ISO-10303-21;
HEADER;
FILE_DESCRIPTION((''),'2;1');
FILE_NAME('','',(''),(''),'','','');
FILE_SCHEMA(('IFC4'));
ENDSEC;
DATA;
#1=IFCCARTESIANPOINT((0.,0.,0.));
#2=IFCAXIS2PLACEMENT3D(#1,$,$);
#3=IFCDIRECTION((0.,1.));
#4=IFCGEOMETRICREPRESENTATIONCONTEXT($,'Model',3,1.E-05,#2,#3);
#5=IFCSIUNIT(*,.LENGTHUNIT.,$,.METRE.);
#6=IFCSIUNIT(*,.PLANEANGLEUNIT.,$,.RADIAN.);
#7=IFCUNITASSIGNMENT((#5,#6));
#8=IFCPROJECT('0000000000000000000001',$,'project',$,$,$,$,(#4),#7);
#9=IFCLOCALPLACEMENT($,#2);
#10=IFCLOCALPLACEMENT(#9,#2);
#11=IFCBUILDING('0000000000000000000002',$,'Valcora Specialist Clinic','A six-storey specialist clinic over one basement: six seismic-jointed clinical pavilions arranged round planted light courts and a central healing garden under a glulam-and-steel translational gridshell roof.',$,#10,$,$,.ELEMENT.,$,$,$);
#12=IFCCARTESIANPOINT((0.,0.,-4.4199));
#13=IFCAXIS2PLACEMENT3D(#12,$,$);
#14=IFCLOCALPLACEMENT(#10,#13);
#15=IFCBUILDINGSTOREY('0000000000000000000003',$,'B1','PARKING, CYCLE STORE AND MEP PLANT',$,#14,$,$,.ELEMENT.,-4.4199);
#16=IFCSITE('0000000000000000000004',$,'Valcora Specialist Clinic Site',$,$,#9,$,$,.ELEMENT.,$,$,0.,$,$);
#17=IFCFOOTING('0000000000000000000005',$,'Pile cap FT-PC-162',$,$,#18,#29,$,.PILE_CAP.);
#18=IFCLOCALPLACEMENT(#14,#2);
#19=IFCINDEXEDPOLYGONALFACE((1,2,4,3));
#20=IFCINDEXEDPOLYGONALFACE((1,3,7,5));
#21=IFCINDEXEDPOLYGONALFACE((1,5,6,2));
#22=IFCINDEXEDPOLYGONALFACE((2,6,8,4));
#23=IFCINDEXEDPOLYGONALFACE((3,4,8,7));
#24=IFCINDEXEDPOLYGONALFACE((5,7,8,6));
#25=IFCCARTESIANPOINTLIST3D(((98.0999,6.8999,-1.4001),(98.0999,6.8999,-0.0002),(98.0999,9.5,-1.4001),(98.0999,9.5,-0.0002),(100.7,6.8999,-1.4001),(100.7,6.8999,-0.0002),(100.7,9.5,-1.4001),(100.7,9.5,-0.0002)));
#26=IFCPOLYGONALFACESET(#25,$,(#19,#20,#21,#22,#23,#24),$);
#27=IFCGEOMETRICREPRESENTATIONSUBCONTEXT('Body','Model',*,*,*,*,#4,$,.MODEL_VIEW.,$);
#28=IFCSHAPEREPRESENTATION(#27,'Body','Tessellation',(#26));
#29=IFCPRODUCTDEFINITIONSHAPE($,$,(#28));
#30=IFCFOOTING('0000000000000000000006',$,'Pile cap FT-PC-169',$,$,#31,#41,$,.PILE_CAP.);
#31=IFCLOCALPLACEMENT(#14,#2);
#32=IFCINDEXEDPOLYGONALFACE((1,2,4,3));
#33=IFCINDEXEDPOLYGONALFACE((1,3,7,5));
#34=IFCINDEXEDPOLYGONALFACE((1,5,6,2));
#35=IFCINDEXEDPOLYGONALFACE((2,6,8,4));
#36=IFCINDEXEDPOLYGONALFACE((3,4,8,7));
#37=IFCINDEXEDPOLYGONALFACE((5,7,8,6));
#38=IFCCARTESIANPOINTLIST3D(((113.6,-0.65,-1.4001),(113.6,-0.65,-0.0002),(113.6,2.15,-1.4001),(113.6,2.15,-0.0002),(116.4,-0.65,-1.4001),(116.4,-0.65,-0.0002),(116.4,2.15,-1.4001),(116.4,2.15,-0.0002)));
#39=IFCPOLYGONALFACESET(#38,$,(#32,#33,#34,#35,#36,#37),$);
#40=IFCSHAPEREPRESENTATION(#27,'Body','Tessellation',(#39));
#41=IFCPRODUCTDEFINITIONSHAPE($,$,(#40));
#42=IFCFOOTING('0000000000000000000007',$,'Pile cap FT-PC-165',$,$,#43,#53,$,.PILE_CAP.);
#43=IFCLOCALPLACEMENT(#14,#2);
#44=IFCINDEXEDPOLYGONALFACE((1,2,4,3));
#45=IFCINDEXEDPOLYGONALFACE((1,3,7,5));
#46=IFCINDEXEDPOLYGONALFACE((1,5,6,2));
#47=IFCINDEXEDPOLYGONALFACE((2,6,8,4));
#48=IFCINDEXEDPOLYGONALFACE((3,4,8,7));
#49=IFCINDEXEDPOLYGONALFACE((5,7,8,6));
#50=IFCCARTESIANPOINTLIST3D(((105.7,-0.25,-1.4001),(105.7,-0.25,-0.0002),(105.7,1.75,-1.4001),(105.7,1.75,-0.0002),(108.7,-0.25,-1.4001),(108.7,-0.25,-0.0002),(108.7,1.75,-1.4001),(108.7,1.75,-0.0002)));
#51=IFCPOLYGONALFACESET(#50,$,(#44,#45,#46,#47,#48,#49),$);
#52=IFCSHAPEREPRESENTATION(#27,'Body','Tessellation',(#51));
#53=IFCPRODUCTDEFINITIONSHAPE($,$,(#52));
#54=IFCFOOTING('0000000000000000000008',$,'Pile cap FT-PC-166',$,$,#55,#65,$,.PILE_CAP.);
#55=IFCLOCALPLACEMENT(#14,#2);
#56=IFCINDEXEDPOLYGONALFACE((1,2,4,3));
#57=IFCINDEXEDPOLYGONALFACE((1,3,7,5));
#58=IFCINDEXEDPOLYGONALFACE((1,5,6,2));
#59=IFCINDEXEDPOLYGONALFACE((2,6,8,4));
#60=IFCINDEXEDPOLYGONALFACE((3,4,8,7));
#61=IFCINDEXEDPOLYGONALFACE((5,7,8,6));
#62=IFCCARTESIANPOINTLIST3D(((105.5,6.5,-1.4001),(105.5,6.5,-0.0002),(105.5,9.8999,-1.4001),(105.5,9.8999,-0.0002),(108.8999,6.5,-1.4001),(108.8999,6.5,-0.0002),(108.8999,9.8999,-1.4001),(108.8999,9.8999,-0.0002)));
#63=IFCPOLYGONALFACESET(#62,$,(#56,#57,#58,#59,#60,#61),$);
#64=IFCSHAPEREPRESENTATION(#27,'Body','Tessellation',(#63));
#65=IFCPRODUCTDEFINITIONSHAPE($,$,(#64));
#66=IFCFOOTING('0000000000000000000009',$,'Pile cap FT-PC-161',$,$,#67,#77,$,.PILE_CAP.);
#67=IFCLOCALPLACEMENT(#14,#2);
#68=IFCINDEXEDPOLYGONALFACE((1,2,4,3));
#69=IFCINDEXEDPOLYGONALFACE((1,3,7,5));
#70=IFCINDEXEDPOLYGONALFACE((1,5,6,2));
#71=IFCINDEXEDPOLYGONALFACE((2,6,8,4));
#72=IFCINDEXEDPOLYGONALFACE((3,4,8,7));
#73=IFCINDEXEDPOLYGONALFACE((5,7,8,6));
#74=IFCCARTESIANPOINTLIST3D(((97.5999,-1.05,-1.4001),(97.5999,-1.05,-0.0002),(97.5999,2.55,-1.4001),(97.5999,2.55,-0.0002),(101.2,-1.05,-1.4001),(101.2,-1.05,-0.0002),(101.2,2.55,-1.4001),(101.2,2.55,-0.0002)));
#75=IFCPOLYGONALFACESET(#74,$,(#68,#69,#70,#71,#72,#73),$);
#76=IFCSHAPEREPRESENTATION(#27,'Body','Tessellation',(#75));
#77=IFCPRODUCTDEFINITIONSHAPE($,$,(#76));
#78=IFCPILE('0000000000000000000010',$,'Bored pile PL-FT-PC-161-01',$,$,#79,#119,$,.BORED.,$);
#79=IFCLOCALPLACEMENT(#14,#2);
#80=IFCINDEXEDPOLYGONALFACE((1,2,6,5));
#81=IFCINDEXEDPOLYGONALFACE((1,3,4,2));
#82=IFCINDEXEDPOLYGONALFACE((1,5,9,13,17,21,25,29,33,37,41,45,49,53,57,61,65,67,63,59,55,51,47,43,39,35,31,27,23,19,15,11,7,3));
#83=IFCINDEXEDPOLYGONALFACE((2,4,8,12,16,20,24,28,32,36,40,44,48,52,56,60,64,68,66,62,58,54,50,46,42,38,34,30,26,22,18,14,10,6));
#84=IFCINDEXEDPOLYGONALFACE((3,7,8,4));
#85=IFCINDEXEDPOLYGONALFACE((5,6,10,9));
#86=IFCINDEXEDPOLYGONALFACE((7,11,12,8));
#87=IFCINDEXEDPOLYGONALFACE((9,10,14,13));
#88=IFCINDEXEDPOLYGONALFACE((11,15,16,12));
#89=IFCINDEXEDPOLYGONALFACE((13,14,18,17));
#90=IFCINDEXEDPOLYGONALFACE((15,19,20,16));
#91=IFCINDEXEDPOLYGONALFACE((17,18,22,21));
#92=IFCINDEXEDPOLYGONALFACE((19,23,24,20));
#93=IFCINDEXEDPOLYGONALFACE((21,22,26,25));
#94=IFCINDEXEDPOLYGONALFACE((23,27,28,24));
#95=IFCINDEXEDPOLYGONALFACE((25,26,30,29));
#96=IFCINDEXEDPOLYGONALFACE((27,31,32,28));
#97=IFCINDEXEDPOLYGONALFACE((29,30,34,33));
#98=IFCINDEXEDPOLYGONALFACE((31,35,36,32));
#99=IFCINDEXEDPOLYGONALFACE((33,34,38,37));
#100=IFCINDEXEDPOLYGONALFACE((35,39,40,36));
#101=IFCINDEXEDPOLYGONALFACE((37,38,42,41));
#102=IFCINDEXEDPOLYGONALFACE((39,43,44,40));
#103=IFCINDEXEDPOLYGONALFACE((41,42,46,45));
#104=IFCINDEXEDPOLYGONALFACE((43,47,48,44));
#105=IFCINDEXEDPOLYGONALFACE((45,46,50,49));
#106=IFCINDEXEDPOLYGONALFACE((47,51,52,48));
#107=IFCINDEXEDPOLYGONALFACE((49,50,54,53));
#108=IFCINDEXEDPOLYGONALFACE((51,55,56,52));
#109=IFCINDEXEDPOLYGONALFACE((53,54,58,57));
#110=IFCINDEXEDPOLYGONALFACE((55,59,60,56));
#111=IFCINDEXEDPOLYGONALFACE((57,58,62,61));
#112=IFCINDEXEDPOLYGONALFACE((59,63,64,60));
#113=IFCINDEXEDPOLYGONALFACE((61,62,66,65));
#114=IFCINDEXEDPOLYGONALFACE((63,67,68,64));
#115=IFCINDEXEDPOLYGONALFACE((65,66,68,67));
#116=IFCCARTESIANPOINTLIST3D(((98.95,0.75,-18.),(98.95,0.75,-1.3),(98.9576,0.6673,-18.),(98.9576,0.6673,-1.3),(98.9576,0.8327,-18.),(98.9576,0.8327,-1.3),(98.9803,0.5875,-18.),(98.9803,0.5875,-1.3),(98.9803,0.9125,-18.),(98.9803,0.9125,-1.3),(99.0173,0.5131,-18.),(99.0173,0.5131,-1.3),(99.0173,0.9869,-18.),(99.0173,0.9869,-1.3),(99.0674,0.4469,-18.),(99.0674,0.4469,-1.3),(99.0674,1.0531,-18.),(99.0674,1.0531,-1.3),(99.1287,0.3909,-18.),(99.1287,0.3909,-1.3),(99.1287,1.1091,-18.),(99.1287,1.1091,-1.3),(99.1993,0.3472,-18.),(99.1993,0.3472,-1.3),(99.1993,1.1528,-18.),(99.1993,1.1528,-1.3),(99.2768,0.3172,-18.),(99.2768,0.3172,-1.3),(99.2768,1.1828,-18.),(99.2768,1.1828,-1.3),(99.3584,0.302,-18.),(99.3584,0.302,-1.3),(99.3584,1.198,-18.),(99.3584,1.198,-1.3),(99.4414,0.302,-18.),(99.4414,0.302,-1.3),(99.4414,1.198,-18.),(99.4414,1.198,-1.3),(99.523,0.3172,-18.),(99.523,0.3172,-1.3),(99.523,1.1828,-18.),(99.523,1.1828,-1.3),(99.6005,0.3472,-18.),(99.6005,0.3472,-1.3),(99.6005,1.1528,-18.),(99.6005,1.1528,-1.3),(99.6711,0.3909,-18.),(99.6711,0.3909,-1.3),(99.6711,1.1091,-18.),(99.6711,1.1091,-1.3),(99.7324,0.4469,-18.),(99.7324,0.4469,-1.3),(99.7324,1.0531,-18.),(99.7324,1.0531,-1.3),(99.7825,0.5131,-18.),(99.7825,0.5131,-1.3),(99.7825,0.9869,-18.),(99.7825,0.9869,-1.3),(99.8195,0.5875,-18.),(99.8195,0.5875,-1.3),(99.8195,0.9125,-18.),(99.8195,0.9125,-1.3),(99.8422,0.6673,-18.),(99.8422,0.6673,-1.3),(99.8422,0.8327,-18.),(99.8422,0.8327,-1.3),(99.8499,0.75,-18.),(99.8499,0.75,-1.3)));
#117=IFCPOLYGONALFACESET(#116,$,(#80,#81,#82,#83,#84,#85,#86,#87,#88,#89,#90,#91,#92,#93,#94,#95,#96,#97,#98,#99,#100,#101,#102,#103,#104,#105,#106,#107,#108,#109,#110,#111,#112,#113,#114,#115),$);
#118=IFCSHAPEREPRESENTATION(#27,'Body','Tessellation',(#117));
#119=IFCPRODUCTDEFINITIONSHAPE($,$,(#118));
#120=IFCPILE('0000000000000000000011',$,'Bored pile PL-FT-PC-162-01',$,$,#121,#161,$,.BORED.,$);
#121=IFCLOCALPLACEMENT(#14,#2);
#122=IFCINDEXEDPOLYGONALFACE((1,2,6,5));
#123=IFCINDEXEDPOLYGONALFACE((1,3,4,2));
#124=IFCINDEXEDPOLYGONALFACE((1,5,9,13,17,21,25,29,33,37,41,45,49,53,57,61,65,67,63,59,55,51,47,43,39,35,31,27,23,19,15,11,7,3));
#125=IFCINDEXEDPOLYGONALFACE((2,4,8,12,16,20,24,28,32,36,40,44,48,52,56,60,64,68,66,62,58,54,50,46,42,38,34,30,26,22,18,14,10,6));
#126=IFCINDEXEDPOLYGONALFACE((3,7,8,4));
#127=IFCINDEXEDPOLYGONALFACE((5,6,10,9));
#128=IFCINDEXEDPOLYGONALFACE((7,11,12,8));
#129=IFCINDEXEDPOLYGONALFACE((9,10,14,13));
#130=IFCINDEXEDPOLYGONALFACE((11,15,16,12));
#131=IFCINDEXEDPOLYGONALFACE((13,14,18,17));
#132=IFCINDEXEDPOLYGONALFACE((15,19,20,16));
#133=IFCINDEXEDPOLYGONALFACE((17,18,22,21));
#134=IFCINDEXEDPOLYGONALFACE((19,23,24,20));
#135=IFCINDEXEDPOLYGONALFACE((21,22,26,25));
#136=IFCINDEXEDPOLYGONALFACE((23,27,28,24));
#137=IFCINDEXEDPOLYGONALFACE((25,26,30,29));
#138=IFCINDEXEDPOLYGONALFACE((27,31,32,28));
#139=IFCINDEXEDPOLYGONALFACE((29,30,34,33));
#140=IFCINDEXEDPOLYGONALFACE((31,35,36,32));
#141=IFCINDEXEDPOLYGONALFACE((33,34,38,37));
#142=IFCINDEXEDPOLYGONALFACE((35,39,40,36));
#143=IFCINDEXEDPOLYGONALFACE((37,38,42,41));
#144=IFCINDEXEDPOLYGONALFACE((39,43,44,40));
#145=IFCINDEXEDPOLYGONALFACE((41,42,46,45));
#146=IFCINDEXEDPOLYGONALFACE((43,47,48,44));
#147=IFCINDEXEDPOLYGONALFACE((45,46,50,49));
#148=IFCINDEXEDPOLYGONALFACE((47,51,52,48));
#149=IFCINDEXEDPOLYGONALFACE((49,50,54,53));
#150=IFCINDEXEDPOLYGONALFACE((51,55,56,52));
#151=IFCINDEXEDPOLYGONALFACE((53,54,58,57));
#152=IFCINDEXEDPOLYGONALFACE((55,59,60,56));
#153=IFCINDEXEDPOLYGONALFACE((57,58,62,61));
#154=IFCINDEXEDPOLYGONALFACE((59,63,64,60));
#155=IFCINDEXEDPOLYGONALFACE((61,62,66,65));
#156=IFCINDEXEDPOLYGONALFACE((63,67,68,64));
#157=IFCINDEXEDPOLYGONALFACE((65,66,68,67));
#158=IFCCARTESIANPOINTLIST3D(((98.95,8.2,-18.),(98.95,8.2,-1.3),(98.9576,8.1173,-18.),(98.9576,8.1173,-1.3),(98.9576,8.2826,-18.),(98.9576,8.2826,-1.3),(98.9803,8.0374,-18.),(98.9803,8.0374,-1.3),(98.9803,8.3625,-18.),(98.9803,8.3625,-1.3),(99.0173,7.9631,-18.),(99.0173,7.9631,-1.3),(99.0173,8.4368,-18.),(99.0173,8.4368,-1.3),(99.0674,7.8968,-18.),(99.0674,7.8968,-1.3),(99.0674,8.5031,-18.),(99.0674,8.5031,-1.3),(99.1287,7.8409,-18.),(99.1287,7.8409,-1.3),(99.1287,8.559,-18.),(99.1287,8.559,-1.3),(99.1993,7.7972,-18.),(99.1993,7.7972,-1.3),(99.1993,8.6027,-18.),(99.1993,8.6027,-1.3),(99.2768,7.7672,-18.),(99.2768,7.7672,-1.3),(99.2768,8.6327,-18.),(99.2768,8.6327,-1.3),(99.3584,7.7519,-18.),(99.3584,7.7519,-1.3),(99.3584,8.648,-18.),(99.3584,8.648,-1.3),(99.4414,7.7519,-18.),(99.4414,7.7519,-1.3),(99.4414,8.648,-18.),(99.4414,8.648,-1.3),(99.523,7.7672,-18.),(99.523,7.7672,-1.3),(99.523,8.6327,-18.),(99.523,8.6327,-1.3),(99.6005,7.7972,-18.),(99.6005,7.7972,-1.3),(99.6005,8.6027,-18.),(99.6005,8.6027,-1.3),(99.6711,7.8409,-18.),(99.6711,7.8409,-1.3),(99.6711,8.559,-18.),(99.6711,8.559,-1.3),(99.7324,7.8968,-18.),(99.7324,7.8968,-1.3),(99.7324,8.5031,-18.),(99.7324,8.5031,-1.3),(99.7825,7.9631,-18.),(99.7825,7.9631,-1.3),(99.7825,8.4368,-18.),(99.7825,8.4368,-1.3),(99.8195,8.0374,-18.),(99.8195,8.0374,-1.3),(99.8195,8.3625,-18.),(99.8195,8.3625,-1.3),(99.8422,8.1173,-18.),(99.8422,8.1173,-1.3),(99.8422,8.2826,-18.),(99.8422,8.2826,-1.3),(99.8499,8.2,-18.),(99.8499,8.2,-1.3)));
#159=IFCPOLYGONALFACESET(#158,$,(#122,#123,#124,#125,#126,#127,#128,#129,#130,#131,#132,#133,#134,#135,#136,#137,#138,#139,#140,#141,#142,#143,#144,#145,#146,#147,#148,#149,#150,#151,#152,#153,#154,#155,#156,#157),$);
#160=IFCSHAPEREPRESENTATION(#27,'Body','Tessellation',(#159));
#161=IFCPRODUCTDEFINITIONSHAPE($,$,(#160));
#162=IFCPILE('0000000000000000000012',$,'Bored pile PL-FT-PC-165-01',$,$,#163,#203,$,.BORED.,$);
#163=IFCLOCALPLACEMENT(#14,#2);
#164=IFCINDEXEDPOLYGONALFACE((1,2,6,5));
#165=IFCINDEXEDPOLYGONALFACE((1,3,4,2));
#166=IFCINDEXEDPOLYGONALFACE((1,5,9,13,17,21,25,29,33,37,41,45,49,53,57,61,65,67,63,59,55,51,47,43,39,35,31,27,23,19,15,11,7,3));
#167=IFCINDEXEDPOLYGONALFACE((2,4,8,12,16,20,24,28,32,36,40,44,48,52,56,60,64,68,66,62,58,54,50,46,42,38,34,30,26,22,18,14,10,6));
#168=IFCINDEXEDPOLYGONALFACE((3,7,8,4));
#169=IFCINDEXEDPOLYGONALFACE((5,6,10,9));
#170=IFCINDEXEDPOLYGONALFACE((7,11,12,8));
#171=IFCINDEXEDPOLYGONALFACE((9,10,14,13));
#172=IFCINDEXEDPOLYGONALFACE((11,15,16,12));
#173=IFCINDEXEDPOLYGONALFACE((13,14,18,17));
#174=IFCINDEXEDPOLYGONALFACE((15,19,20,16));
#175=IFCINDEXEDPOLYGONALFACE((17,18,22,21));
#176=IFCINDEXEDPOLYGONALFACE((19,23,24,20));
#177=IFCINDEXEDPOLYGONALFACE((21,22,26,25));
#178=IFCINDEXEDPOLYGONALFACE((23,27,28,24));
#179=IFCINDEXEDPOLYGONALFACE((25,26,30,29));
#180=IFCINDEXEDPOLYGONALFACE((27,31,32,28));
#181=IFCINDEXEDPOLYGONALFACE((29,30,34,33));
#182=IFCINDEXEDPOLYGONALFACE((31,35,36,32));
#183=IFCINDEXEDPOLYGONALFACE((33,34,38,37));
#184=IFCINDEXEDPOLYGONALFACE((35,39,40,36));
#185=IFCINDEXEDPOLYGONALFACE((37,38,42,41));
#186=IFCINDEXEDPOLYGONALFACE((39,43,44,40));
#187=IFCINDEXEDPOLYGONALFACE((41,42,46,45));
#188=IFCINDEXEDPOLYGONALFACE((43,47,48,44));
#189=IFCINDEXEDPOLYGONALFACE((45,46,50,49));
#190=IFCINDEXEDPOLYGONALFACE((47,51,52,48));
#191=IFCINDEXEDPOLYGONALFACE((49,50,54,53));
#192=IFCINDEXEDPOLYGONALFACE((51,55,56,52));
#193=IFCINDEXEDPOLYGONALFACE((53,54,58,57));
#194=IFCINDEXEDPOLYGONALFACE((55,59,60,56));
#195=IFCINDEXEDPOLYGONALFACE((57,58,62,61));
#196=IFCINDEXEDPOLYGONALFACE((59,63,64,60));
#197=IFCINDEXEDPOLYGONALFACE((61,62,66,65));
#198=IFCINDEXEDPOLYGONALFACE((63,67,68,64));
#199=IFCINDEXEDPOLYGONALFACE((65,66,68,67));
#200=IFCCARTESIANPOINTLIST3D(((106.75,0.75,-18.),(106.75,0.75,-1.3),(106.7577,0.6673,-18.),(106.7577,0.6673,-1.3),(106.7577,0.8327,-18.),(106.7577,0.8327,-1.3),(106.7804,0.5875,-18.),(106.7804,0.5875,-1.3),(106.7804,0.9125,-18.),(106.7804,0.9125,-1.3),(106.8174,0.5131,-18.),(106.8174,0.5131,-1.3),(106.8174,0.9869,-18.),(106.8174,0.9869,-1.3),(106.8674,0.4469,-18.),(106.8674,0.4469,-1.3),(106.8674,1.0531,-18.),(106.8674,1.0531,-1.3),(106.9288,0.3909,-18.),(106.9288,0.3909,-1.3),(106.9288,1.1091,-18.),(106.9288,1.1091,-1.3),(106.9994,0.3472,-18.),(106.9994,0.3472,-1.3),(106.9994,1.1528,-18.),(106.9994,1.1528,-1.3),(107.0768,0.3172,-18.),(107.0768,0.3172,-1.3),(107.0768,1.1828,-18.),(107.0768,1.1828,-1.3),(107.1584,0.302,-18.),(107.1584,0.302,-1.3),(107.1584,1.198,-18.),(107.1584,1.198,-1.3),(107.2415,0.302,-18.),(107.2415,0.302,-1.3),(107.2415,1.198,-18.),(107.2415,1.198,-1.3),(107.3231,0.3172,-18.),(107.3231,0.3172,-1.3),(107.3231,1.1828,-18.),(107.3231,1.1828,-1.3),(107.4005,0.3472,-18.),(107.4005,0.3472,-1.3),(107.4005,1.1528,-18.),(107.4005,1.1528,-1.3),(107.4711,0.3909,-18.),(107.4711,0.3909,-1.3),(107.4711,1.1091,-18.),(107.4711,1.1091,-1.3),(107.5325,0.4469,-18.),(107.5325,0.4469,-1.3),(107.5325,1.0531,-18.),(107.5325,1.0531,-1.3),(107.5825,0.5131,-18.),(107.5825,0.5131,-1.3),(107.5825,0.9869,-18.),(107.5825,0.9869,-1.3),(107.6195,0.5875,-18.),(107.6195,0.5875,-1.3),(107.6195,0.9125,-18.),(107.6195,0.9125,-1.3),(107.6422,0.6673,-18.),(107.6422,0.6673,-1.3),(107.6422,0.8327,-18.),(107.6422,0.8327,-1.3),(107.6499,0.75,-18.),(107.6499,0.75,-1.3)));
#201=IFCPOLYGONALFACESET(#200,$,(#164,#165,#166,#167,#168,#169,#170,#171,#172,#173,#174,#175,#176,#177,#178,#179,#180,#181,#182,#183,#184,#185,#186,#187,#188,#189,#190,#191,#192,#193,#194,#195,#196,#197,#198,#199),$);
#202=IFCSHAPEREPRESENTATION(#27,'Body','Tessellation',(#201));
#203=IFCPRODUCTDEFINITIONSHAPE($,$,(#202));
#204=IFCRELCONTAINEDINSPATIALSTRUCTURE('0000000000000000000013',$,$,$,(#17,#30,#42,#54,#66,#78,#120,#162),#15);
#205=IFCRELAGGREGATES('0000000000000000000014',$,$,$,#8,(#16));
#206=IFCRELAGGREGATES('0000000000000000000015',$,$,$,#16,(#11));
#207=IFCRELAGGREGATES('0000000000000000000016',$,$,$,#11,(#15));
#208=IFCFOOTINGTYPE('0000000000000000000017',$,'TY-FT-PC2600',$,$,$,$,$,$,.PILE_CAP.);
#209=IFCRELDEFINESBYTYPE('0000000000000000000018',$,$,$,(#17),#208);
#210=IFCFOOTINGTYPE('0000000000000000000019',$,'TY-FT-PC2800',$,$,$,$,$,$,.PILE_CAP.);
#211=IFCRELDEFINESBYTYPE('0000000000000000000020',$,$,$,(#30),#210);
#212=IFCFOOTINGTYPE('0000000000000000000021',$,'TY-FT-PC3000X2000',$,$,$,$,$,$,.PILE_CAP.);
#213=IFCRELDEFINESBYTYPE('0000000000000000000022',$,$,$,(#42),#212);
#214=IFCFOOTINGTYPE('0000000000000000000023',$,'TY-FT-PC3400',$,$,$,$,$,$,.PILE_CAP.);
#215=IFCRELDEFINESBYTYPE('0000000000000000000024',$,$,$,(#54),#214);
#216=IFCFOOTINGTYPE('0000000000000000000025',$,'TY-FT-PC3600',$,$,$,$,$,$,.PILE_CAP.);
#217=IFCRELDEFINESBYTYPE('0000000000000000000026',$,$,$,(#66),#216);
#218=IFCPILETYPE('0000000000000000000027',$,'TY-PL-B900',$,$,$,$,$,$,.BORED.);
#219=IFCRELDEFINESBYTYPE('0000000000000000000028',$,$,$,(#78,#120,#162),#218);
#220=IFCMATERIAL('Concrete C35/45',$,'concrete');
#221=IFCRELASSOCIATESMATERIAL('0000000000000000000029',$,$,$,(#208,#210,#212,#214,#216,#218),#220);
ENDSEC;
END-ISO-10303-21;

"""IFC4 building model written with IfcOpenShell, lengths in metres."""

from ifc_helpers import new_model, si_unit, direction, frame, origin, origin_2d, place, context, subcontext, project, spatial, rectangle, circle, extrude, material, material_profile, profile_set, type_object, element, save


model = new_model("IFC4")

# Units and contexts
model_context = context("Model", 3, precision=1e-05, world=origin(), true_north=direction((0.0, 1.0)))
body_context = subcontext(model_context, "Body", "Model", "MODEL_VIEW")
ifc_project = project(units=[si_unit("LENGTHUNIT", "METRE"), si_unit("PLANEANGLEUNIT", "RADIAN")], contexts=[model_context])

# Site, building, storey
site_placement = place(None, origin())
site = spatial("IfcSite", under=ifc_project, at=site_placement, Name="Valcora Specialist Clinic Site", CompositionType="ELEMENT", RefElevation=0.0)
building_placement = place(site_placement, origin())
building = spatial("IfcBuilding", under=site, at=building_placement, Name="Valcora Specialist Clinic", Description="A six-storey specialist clinic over one basement: six seismic-jointed clinical pavilions arranged round planted light courts and a central healing garden under a glulam-and-steel translational gridshell roof.", CompositionType="ELEMENT")
storey_placement = place(building_placement, frame((0.0, 0.0, -4.4199)))
storey = spatial("IfcBuildingStorey", under=building, at=storey_placement, Name="B1", Description="PARKING, CYCLE STORE AND MEP PLANT", CompositionType="ELEMENT", Elevation=-4.4199)

# Footings
ifc_material_1 = material(Name="Concrete C35/45", Category="concrete")
footing_type_1 = type_object("IfcFootingType", Name="TY-FT-PC2600", PredefinedType="PILE_CAP", material=ifc_material_1)
footing_1_placement = place(storey_placement, frame((99.3999, 8.2, -1.4001), z_axis=(0.0, 0.0, 1.0), x_axis=(1.0, 0.0, 0.0)))
element("IfcFooting", 1, at=footing_1_placement, inside=storey, type_object=footing_type_1, Name="Pile cap FT-PC-162", PredefinedType="PILE_CAP", context=body_context, shape_type="SweptSolid", body=[
    extrude(rectangle(XDim=2.6001, YDim=2.6001, at=origin_2d()), origin(), (0.0, 0.0, 1.0), 1.3999),
])
footing_type_2 = type_object("IfcFootingType", Name="TY-FT-PC2800", PredefinedType="PILE_CAP", material=ifc_material_1)
footing_2_placement = place(storey_placement, frame((115.0, 0.75, -1.4001), z_axis=(0.0, 0.0, 1.0), x_axis=(1.0, 0.0, 0.0)))
element("IfcFooting", 2, at=footing_2_placement, inside=storey, type_object=footing_type_2, Name="Pile cap FT-PC-169", PredefinedType="PILE_CAP", context=body_context, shape_type="SweptSolid", body=[
    extrude(rectangle(XDim=2.8, YDim=2.8, at=origin_2d()), origin(), (0.0, 0.0, 1.0), 1.3999),
])
footing_type_3 = type_object("IfcFootingType", Name="TY-FT-PC3000X2000", PredefinedType="PILE_CAP", material=ifc_material_1)
footing_3_placement = place(storey_placement, frame((107.2, 0.75, -1.4001), z_axis=(0.0, 0.0, 1.0), x_axis=(1.0, 0.0, 0.0)))
element("IfcFooting", 3, at=footing_3_placement, inside=storey, type_object=footing_type_3, Name="Pile cap FT-PC-165", PredefinedType="PILE_CAP", context=body_context, shape_type="SweptSolid", body=[
    extrude(rectangle(XDim=3.0, YDim=2.0, at=origin_2d()), origin(), (0.0, 0.0, 1.0), 1.3999),
])
footing_type_4 = type_object("IfcFootingType", Name="TY-FT-PC3400", PredefinedType="PILE_CAP", material=ifc_material_1)
footing_4_placement = place(storey_placement, frame((107.2, 8.2, -1.4001), z_axis=(0.0, 0.0, 1.0), x_axis=(1.0, 0.0, 0.0)))
element("IfcFooting", 4, at=footing_4_placement, inside=storey, type_object=footing_type_4, Name="Pile cap FT-PC-166", PredefinedType="PILE_CAP", context=body_context, shape_type="SweptSolid", body=[
    extrude(rectangle(XDim=3.3999, YDim=3.3999, at=origin_2d()), origin(), (0.0, 0.0, 1.0), 1.3999),
])
footing_type_5 = type_object("IfcFootingType", Name="TY-FT-PC3600", PredefinedType="PILE_CAP", material=ifc_material_1)
footing_5_placement = place(storey_placement, frame((99.3999, 0.75, -1.4001), z_axis=(0.0, 0.0, 1.0), x_axis=(1.0, 0.0, 0.0)))
element("IfcFooting", 5, at=footing_5_placement, inside=storey, type_object=footing_type_5, Name="Pile cap FT-PC-161", PredefinedType="PILE_CAP", context=body_context, shape_type="SweptSolid", body=[
    extrude(rectangle(XDim=3.6001, YDim=3.6001, at=origin_2d()), origin(), (0.0, 0.0, 1.0), 1.3999),
])

# Piles
ifc_material_profile_1 = material_profile(ifc_material_1, circle(Radius=0.45, at=origin_2d()), Name="RC-PIL-D900")
ifc_profile_set_1 = profile_set([ifc_material_profile_1], Name="Concrete C35/45")
pile_type = type_object("IfcPileType", Name="TY-PL-B900", PredefinedType="BORED", material=ifc_profile_set_1)
for number, where, z_axis, x_axis, name in (
    (6, (99.3999, 0.75, -1.3), (0.0, 0.0, -1.0), (1.0, 0.0, 0.0), "Bored pile PL-FT-PC-161-01"),
    (7, (99.3999, 8.2, -1.3), (0.0, 0.0, -1.0), (1.0, 0.0, 0.0), "Bored pile PL-FT-PC-162-01"),
    (8, (107.2, 0.75, -1.3), (0.0, 0.0, -1.0), (1.0, 0.0, 0.0), "Bored pile PL-FT-PC-165-01"),
):
    element("IfcPile", number, at=place(storey_placement, frame(where, z_axis=z_axis, x_axis=x_axis)), inside=storey, type_object=pile_type, Name=name, PredefinedType="BORED", context=body_context, shape_type="SweptSolid", body=[
        extrude(circle(Radius=0.45, at=origin_2d()), origin(), (0.0, 0.0, 1.0), 16.7),
    ])

save(model, "model.ifc")
